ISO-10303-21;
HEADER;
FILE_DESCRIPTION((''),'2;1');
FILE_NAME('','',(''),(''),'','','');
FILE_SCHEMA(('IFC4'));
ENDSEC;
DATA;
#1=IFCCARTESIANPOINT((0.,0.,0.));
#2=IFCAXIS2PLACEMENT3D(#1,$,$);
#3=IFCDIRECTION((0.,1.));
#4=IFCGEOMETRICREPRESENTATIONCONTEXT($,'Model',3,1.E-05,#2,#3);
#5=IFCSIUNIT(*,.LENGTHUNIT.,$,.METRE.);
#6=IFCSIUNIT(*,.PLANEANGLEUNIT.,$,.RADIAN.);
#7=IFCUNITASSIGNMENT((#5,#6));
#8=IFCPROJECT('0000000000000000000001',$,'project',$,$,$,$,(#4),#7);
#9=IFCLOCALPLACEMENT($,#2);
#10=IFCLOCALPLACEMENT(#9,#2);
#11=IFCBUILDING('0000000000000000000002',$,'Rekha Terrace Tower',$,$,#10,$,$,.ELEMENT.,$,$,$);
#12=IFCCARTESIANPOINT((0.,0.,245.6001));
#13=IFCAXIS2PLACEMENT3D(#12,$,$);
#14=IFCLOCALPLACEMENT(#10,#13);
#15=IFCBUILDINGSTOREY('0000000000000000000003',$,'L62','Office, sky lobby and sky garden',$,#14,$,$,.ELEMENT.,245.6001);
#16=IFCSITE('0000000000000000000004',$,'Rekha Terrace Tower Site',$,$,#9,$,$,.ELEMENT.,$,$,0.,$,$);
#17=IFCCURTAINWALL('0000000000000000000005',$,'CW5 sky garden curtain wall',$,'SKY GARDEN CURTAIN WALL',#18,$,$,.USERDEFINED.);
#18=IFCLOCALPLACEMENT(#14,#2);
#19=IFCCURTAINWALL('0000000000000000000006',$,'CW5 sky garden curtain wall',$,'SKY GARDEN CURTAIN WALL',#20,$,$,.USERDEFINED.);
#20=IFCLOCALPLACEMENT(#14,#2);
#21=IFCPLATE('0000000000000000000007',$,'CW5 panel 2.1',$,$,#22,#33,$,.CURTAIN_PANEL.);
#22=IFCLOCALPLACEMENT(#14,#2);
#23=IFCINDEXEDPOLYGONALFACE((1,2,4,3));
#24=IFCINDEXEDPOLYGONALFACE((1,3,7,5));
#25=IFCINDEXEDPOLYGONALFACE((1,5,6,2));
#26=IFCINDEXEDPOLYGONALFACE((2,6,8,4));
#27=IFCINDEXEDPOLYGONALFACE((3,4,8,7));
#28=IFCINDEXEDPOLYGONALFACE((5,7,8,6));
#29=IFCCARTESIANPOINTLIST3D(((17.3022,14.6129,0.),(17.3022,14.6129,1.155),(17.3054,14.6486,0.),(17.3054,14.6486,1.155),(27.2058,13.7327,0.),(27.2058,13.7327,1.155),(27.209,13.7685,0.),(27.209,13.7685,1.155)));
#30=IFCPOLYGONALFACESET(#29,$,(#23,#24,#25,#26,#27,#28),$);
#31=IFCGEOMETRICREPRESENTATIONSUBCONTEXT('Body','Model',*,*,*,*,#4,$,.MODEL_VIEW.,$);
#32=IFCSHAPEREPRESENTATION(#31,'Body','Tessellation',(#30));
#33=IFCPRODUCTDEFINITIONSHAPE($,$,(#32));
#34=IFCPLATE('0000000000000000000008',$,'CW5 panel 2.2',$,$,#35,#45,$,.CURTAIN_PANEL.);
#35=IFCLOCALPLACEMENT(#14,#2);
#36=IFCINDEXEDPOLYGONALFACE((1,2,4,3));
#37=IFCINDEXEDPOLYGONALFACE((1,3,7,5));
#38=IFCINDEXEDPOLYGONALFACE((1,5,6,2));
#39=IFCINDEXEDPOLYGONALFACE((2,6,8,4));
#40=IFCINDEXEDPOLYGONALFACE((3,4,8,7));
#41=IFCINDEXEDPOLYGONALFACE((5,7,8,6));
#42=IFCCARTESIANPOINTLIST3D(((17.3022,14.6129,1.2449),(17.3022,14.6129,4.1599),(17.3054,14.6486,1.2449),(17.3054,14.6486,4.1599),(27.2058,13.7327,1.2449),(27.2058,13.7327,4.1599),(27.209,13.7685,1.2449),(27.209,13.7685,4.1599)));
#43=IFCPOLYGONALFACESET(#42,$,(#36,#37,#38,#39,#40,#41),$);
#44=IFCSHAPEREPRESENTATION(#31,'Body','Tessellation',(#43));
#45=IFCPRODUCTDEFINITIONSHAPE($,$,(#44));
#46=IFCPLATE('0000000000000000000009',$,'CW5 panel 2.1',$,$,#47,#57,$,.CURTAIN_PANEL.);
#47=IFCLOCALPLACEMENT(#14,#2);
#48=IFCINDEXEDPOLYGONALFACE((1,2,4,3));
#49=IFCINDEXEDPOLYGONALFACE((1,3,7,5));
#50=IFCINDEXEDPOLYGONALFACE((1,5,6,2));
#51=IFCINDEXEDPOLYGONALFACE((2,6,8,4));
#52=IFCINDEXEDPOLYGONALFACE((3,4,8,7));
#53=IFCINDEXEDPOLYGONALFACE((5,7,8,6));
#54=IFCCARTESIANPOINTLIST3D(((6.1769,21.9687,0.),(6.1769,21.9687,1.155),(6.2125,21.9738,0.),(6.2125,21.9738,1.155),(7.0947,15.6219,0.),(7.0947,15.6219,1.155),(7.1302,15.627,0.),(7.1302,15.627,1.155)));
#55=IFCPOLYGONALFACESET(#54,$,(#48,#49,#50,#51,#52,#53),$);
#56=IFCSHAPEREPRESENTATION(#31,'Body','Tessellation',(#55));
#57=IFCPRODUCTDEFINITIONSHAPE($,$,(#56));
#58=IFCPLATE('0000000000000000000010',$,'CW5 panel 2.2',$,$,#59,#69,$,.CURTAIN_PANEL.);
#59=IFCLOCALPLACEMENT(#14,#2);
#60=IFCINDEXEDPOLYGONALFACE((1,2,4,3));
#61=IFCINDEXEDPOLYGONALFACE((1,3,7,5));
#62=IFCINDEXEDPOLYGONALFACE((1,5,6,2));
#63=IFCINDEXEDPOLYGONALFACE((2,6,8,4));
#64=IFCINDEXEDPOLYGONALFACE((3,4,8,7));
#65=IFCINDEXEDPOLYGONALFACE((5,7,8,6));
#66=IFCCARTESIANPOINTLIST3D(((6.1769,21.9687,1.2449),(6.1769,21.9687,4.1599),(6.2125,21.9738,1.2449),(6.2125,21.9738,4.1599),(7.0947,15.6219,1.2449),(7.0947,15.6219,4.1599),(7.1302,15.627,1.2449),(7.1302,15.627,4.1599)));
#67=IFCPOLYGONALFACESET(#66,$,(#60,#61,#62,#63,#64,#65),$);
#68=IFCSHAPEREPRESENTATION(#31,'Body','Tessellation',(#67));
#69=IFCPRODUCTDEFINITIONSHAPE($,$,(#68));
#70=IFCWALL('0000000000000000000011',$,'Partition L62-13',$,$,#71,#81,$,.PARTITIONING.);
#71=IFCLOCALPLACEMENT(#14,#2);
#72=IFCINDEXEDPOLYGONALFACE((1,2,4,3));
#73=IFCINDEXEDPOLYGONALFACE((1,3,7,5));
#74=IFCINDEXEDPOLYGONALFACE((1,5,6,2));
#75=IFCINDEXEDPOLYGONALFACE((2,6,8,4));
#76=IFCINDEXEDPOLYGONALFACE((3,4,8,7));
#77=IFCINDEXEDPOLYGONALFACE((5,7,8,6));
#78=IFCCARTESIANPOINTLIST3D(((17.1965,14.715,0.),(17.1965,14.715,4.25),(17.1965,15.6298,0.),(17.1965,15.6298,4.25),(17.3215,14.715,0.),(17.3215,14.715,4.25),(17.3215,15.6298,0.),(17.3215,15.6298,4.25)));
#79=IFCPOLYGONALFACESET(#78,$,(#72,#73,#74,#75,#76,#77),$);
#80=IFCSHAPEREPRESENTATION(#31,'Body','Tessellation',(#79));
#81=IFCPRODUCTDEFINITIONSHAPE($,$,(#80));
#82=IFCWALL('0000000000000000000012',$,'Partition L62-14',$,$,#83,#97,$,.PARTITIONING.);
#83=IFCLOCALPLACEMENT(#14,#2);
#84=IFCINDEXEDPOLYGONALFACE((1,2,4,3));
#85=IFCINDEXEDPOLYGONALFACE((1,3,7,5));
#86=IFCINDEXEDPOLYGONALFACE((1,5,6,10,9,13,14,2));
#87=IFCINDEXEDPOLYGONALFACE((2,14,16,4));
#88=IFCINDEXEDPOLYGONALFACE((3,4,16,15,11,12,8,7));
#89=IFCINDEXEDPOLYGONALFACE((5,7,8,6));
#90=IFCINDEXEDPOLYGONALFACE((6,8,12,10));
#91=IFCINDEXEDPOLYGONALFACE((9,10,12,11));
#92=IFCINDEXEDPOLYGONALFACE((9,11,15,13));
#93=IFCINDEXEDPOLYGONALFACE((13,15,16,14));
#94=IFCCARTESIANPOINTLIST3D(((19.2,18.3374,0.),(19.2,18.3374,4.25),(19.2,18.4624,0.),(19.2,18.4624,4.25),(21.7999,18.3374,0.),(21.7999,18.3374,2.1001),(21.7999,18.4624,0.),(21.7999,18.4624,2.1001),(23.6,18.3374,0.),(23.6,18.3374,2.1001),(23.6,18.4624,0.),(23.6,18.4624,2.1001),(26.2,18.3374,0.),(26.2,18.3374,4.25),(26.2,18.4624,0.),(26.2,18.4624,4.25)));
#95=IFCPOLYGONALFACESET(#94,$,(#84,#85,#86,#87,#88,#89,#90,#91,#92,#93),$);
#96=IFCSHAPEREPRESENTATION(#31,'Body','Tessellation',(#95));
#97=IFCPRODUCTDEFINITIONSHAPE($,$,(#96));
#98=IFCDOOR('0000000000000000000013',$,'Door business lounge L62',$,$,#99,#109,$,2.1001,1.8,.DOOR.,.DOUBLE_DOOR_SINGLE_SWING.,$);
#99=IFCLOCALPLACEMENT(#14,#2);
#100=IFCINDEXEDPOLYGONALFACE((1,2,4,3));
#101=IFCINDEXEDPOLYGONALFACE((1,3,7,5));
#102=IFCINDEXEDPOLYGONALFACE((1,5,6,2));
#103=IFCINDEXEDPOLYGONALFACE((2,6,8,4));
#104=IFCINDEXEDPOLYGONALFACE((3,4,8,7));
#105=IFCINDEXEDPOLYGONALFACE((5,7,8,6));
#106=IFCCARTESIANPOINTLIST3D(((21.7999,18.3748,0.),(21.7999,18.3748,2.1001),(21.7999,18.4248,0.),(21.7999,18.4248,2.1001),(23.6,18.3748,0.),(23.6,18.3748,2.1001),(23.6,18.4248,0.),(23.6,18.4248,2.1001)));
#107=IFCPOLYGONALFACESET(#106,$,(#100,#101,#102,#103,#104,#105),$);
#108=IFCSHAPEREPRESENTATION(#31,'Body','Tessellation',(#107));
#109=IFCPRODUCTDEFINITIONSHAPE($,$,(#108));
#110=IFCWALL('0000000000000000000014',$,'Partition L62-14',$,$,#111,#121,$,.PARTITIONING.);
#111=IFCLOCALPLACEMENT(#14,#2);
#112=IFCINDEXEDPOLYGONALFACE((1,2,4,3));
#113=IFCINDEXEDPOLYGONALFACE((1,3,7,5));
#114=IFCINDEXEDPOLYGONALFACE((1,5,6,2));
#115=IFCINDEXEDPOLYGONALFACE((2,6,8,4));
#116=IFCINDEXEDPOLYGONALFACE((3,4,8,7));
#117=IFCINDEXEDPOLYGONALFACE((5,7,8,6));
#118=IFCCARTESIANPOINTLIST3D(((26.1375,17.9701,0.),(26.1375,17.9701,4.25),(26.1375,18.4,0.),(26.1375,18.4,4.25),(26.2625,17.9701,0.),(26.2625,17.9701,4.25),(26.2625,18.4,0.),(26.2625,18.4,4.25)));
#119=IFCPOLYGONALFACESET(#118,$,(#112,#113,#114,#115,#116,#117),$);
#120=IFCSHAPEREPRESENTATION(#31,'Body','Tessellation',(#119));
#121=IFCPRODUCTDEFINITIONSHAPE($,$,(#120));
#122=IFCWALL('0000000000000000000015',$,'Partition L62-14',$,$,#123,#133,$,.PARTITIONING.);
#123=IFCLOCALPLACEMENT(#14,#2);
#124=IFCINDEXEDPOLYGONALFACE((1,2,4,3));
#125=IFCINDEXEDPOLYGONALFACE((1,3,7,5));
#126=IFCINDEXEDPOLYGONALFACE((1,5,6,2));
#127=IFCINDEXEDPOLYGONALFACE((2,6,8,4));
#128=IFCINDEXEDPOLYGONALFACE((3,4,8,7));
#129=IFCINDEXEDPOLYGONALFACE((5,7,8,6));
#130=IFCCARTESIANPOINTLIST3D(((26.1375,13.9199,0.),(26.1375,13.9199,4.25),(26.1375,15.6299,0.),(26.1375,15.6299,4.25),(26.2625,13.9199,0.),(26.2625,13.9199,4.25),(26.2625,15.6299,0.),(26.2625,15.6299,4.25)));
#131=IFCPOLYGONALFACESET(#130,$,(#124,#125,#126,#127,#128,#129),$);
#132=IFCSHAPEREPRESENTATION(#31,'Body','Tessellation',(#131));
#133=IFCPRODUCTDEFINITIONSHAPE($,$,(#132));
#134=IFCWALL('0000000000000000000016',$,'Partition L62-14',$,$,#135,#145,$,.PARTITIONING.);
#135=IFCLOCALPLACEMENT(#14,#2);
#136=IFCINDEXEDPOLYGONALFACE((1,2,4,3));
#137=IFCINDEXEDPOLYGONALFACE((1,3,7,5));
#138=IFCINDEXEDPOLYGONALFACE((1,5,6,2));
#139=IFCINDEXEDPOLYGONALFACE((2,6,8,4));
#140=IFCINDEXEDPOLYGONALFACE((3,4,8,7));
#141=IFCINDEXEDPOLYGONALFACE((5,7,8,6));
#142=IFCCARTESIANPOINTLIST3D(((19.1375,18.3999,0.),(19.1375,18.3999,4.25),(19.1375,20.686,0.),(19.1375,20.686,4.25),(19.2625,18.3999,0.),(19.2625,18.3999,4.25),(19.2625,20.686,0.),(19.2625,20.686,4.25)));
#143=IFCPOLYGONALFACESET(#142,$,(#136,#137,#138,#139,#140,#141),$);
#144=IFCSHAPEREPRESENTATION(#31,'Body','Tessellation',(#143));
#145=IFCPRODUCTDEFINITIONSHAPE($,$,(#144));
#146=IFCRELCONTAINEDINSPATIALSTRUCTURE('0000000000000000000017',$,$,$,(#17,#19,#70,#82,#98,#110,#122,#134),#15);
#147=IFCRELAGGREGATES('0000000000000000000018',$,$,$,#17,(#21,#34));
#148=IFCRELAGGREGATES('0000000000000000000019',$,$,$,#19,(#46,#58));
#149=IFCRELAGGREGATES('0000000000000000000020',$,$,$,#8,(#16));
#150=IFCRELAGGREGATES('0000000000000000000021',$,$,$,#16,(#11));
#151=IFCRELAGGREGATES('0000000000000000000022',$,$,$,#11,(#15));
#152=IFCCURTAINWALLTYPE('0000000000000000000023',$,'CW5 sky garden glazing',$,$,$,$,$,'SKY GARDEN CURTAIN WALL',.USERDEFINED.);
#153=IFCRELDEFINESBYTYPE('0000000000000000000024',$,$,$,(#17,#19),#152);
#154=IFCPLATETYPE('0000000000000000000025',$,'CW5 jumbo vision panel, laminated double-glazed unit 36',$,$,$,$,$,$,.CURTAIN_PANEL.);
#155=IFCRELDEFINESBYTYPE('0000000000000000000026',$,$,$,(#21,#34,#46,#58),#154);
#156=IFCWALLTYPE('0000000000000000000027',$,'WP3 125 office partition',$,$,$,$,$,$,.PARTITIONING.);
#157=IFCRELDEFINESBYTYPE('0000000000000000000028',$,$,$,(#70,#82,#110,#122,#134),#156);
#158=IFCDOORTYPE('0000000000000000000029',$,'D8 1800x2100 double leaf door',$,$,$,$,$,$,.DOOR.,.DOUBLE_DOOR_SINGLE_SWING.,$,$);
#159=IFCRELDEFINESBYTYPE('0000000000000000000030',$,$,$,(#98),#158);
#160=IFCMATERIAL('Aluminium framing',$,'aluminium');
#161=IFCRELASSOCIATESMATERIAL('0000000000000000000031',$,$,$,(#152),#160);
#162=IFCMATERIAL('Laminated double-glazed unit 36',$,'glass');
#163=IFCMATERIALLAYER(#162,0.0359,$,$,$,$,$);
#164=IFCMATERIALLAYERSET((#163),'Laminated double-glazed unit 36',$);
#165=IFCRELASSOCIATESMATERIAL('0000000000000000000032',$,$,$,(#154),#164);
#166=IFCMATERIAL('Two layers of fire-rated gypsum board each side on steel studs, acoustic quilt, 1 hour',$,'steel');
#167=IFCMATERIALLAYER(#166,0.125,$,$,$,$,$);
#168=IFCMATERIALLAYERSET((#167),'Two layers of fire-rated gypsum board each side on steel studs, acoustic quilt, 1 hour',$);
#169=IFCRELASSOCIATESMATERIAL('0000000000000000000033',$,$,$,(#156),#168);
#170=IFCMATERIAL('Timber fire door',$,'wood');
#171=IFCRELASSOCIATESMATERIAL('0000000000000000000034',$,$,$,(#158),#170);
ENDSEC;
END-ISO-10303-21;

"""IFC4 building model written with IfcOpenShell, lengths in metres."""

from ifc_helpers import new_model, si_unit, direction, frame, frame_2d, origin, origin_2d, place, context, subcontext, project, spatial, rectangle, extrude, material, layer, layer_set, type_object, element, fill, aggregate, save


model = new_model("IFC4")

# Units and contexts
model_context = context("Model", 3, precision=1e-05, world=origin(), true_north=direction((0.0, 1.0)))
body_context = subcontext(model_context, "Body", "Model", "MODEL_VIEW")
ifc_project = project(units=[si_unit("LENGTHUNIT", "METRE"), si_unit("PLANEANGLEUNIT", "RADIAN")], contexts=[model_context])

# Site, building, storey
site_placement = place(None, origin())
site = spatial("IfcSite", under=ifc_project, at=site_placement, Name="Rekha Terrace Tower Site", CompositionType="ELEMENT", RefElevation=0.0)
building_placement = place(site_placement, origin())
building = spatial("IfcBuilding", under=site, at=building_placement, Name="Rekha Terrace Tower", CompositionType="ELEMENT")
storey_placement = place(building_placement, frame((0.0, 0.0, 245.6001)))
storey = spatial("IfcBuildingStorey", under=building, at=storey_placement, Name="L62", Description="Office, sky lobby and sky garden", CompositionType="ELEMENT", Elevation=245.6001)

# Curtain wall
ifc_material_1 = material(Name="Aluminium framing", Category="aluminium")
curtain_wall_type = type_object("IfcCurtainWallType", Name="CW5 sky garden glazing", ElementType="SKY GARDEN CURTAIN WALL", PredefinedType="USERDEFINED", material=ifc_material_1)
curtain_wall_1_placement = place(storey_placement, origin())
curtain_wall_1 = element("IfcCurtainWall", 1, at=curtain_wall_1_placement, inside=storey, type_object=curtain_wall_type, Name="CW5 sky garden curtain wall", ObjectType="SKY GARDEN CURTAIN WALL", PredefinedType="USERDEFINED")

# Curtain wall
curtain_wall_2_placement = place(storey_placement, origin())
curtain_wall_2 = element("IfcCurtainWall", 2, at=curtain_wall_2_placement, inside=storey, type_object=curtain_wall_type, Name="CW5 sky garden curtain wall", ObjectType="SKY GARDEN CURTAIN WALL", PredefinedType="USERDEFINED")

# Plates
ifc_material_2 = material(Name="Laminated double-glazed unit 36", Category="glass")
ifc_layer_1 = layer(ifc_material_2, 0.0359)
ifc_layer_set_1 = layer_set([ifc_layer_1], Name="Laminated double-glazed unit 36")
plate_type = type_object("IfcPlateType", Name="CW5 jumbo vision panel, laminated double-glazed unit 36", PredefinedType="CURTAIN_PANEL", material=ifc_layer_set_1)
plate_1_placement = place(storey_placement, frame((22.2556, 14.1907, 0.0), z_axis=(0.0, 0.0, 1.0), x_axis=(0.996074, -0.088522, 0.0)))
plate_1 = element("IfcPlate", 3, at=plate_1_placement, type_object=plate_type, Name="CW5 panel 2.1", PredefinedType="CURTAIN_PANEL", context=body_context, shape_type="SweptSolid", body=[
    extrude(rectangle(XDim=9.9426, YDim=0.0359, at=origin_2d()), origin(), (0.0, 0.0, 1.0), 1.155),
])
plate_2_placement = place(storey_placement, frame((22.2556, 14.1907, 1.2449), z_axis=(0.0, 0.0, 1.0), x_axis=(0.996074, -0.088522, 0.0)))
plate_2 = element("IfcPlate", 4, at=plate_2_placement, type_object=plate_type, Name="CW5 panel 2.2", PredefinedType="CURTAIN_PANEL", context=body_context, shape_type="SweptSolid", body=[
    extrude(rectangle(XDim=9.9426, YDim=0.0359, at=origin_2d()), origin(), (0.0, 0.0, 1.0), 2.915),
])
aggregate(curtain_wall_1, [plate_1, plate_2])
plate_3_placement = place(storey_placement, frame((6.6536, 18.7979, 0.0), z_axis=(0.0, 0.0, 1.0), x_axis=(0.143108, -0.989707, 0.0)))
plate_3 = element("IfcPlate", 5, at=plate_3_placement, type_object=plate_type, Name="CW5 panel 2.1", PredefinedType="CURTAIN_PANEL", context=body_context, shape_type="SweptSolid", body=[
    extrude(rectangle(XDim=6.4128, YDim=0.0359, at=origin_2d()), origin(), (0.0, 0.0, 1.0), 1.155),
])
plate_4_placement = place(storey_placement, frame((6.6536, 18.7979, 1.2449), z_axis=(0.0, 0.0, 1.0), x_axis=(0.143108, -0.989707, 0.0)))
plate_4 = element("IfcPlate", 6, at=plate_4_placement, type_object=plate_type, Name="CW5 panel 2.2", PredefinedType="CURTAIN_PANEL", context=body_context, shape_type="SweptSolid", body=[
    extrude(rectangle(XDim=6.4128, YDim=0.0359, at=origin_2d()), origin(), (0.0, 0.0, 1.0), 2.915),
])
aggregate(curtain_wall_2, [plate_3, plate_4])

# Wall
ifc_material_3 = material(Name="Two layers of fire-rated gypsum board each side on steel studs, acoustic quilt, 1 hour", Category="steel")
ifc_layer_2 = layer(ifc_material_3, 0.125)
ifc_layer_set_2 = layer_set([ifc_layer_2], Name="Two layers of fire-rated gypsum board each side on steel studs, acoustic quilt, 1 hour")
wall_type = type_object("IfcWallType", Name="WP3 125 office partition", PredefinedType="PARTITIONING", material=ifc_layer_set_2)
wall_1_placement = place(storey_placement, frame((17.259, 15.6299, 0.0), z_axis=(0.0, 0.0, 1.0), x_axis=(0.0, -1.0, 0.0)))
element("IfcWall", 7, at=wall_1_placement, inside=storey, type_object=wall_type, Name="Partition L62-13", PredefinedType="PARTITIONING", context=body_context, shape_type="SweptSolid", body=[
    extrude(rectangle(XDim=0.9148, YDim=0.125, at=frame_2d((0.4575, 0.0))), origin(), (0.0, 0.0, 1.0), 4.25),
])

# Wall, opening, door
wall_2_placement = place(storey_placement, frame((19.2, 18.3999, 0.0), z_axis=(0.0, 0.0, 1.0), x_axis=(1.0, 0.0, 0.0)))
wall_2 = element("IfcWall", 8, at=wall_2_placement, inside=storey, type_object=wall_type, Name="Partition L62-14", PredefinedType="PARTITIONING", context=body_context, shape_type="SweptSolid", body=[
    extrude(rectangle(XDim=7.0, YDim=0.125, at=frame_2d((3.5, 0.0))), origin(), (0.0, 0.0, 1.0), 4.25),
])
opening_placement = place(wall_2_placement, frame((2.6001, 0.0, 0.0)))
opening = element("IfcOpeningElement", 9, at=opening_placement, cuts=wall_2, PredefinedType="OPENING", context=body_context, shape_type="SweptSolid", body=[
    extrude(rectangle(XDim=1.8, YDim=2.1001, at=frame_2d((0.8999, 1.05))), frame((0.0, 0.0725, 0.0), z_axis=(0.0, -1.0, 0.0), x_axis=(1.0, 0.0, 0.0)), (0.0, 0.0, 1.0), 0.145),
])
ifc_material_4 = material(Name="Timber fire door", Category="wood")
door_type = type_object("IfcDoorType", Name="D8 1800x2100 double leaf door", OperationType="DOUBLE_DOOR_SINGLE_SWING", PredefinedType="DOOR", material=ifc_material_4)
door_placement = place(opening_placement, origin())
door = element("IfcDoor", 10, at=door_placement, inside=storey, type_object=door_type, Name="Door business lounge L62", OperationType="DOUBLE_DOOR_SINGLE_SWING", OverallHeight=2.1001, OverallWidth=1.8, PredefinedType="DOOR", context=body_context, shape_type="SweptSolid", body=[
    extrude(rectangle(XDim=1.8, YDim=2.1001, at=frame_2d((0.8999, 1.05))), frame((0.0, 0.0249, 0.0), z_axis=(0.0, -1.0, 0.0), x_axis=(1.0, 0.0, 0.0)), (0.0, 0.0, 1.0), 0.05),
])
fill(opening, door)

# Walls
wall_3_placement = place(storey_placement, frame((26.2, 18.3999, 0.0), z_axis=(0.0, 0.0, 1.0), x_axis=(0.0, -1.0, 0.0)))
element("IfcWall", 11, at=wall_3_placement, inside=storey, type_object=wall_type, Name="Partition L62-14", PredefinedType="PARTITIONING", context=body_context, shape_type="SweptSolid", body=[
    extrude(rectangle(XDim=0.4299, YDim=0.125, at=frame_2d((0.2148, 0.0))), origin(), (0.0, 0.0, 1.0), 4.25),
])
wall_4_placement = place(storey_placement, frame((26.2, 15.6299, 0.0), z_axis=(0.0, 0.0, 1.0), x_axis=(0.0, -1.0, 0.0)))
element("IfcWall", 12, at=wall_4_placement, inside=storey, type_object=wall_type, Name="Partition L62-14", PredefinedType="PARTITIONING", context=body_context, shape_type="SweptSolid", body=[
    extrude(rectangle(XDim=1.71, YDim=0.125, at=frame_2d((0.855, 0.0))), origin(), (0.0, 0.0, 1.0), 4.25),
])
wall_5_placement = place(storey_placement, frame((19.2, 20.686, 0.0), z_axis=(0.0, 0.0, 1.0), x_axis=(0.0, -1.0, 0.0)))
element("IfcWall", 13, at=wall_5_placement, inside=storey, type_object=wall_type, Name="Partition L62-14", PredefinedType="PARTITIONING", context=body_context, shape_type="SweptSolid", body=[
    extrude(rectangle(XDim=2.2861, YDim=0.125, at=frame_2d((1.1431, 0.0))), origin(), (0.0, 0.0, 1.0), 4.25),
])

save(model, "model.ifc")
